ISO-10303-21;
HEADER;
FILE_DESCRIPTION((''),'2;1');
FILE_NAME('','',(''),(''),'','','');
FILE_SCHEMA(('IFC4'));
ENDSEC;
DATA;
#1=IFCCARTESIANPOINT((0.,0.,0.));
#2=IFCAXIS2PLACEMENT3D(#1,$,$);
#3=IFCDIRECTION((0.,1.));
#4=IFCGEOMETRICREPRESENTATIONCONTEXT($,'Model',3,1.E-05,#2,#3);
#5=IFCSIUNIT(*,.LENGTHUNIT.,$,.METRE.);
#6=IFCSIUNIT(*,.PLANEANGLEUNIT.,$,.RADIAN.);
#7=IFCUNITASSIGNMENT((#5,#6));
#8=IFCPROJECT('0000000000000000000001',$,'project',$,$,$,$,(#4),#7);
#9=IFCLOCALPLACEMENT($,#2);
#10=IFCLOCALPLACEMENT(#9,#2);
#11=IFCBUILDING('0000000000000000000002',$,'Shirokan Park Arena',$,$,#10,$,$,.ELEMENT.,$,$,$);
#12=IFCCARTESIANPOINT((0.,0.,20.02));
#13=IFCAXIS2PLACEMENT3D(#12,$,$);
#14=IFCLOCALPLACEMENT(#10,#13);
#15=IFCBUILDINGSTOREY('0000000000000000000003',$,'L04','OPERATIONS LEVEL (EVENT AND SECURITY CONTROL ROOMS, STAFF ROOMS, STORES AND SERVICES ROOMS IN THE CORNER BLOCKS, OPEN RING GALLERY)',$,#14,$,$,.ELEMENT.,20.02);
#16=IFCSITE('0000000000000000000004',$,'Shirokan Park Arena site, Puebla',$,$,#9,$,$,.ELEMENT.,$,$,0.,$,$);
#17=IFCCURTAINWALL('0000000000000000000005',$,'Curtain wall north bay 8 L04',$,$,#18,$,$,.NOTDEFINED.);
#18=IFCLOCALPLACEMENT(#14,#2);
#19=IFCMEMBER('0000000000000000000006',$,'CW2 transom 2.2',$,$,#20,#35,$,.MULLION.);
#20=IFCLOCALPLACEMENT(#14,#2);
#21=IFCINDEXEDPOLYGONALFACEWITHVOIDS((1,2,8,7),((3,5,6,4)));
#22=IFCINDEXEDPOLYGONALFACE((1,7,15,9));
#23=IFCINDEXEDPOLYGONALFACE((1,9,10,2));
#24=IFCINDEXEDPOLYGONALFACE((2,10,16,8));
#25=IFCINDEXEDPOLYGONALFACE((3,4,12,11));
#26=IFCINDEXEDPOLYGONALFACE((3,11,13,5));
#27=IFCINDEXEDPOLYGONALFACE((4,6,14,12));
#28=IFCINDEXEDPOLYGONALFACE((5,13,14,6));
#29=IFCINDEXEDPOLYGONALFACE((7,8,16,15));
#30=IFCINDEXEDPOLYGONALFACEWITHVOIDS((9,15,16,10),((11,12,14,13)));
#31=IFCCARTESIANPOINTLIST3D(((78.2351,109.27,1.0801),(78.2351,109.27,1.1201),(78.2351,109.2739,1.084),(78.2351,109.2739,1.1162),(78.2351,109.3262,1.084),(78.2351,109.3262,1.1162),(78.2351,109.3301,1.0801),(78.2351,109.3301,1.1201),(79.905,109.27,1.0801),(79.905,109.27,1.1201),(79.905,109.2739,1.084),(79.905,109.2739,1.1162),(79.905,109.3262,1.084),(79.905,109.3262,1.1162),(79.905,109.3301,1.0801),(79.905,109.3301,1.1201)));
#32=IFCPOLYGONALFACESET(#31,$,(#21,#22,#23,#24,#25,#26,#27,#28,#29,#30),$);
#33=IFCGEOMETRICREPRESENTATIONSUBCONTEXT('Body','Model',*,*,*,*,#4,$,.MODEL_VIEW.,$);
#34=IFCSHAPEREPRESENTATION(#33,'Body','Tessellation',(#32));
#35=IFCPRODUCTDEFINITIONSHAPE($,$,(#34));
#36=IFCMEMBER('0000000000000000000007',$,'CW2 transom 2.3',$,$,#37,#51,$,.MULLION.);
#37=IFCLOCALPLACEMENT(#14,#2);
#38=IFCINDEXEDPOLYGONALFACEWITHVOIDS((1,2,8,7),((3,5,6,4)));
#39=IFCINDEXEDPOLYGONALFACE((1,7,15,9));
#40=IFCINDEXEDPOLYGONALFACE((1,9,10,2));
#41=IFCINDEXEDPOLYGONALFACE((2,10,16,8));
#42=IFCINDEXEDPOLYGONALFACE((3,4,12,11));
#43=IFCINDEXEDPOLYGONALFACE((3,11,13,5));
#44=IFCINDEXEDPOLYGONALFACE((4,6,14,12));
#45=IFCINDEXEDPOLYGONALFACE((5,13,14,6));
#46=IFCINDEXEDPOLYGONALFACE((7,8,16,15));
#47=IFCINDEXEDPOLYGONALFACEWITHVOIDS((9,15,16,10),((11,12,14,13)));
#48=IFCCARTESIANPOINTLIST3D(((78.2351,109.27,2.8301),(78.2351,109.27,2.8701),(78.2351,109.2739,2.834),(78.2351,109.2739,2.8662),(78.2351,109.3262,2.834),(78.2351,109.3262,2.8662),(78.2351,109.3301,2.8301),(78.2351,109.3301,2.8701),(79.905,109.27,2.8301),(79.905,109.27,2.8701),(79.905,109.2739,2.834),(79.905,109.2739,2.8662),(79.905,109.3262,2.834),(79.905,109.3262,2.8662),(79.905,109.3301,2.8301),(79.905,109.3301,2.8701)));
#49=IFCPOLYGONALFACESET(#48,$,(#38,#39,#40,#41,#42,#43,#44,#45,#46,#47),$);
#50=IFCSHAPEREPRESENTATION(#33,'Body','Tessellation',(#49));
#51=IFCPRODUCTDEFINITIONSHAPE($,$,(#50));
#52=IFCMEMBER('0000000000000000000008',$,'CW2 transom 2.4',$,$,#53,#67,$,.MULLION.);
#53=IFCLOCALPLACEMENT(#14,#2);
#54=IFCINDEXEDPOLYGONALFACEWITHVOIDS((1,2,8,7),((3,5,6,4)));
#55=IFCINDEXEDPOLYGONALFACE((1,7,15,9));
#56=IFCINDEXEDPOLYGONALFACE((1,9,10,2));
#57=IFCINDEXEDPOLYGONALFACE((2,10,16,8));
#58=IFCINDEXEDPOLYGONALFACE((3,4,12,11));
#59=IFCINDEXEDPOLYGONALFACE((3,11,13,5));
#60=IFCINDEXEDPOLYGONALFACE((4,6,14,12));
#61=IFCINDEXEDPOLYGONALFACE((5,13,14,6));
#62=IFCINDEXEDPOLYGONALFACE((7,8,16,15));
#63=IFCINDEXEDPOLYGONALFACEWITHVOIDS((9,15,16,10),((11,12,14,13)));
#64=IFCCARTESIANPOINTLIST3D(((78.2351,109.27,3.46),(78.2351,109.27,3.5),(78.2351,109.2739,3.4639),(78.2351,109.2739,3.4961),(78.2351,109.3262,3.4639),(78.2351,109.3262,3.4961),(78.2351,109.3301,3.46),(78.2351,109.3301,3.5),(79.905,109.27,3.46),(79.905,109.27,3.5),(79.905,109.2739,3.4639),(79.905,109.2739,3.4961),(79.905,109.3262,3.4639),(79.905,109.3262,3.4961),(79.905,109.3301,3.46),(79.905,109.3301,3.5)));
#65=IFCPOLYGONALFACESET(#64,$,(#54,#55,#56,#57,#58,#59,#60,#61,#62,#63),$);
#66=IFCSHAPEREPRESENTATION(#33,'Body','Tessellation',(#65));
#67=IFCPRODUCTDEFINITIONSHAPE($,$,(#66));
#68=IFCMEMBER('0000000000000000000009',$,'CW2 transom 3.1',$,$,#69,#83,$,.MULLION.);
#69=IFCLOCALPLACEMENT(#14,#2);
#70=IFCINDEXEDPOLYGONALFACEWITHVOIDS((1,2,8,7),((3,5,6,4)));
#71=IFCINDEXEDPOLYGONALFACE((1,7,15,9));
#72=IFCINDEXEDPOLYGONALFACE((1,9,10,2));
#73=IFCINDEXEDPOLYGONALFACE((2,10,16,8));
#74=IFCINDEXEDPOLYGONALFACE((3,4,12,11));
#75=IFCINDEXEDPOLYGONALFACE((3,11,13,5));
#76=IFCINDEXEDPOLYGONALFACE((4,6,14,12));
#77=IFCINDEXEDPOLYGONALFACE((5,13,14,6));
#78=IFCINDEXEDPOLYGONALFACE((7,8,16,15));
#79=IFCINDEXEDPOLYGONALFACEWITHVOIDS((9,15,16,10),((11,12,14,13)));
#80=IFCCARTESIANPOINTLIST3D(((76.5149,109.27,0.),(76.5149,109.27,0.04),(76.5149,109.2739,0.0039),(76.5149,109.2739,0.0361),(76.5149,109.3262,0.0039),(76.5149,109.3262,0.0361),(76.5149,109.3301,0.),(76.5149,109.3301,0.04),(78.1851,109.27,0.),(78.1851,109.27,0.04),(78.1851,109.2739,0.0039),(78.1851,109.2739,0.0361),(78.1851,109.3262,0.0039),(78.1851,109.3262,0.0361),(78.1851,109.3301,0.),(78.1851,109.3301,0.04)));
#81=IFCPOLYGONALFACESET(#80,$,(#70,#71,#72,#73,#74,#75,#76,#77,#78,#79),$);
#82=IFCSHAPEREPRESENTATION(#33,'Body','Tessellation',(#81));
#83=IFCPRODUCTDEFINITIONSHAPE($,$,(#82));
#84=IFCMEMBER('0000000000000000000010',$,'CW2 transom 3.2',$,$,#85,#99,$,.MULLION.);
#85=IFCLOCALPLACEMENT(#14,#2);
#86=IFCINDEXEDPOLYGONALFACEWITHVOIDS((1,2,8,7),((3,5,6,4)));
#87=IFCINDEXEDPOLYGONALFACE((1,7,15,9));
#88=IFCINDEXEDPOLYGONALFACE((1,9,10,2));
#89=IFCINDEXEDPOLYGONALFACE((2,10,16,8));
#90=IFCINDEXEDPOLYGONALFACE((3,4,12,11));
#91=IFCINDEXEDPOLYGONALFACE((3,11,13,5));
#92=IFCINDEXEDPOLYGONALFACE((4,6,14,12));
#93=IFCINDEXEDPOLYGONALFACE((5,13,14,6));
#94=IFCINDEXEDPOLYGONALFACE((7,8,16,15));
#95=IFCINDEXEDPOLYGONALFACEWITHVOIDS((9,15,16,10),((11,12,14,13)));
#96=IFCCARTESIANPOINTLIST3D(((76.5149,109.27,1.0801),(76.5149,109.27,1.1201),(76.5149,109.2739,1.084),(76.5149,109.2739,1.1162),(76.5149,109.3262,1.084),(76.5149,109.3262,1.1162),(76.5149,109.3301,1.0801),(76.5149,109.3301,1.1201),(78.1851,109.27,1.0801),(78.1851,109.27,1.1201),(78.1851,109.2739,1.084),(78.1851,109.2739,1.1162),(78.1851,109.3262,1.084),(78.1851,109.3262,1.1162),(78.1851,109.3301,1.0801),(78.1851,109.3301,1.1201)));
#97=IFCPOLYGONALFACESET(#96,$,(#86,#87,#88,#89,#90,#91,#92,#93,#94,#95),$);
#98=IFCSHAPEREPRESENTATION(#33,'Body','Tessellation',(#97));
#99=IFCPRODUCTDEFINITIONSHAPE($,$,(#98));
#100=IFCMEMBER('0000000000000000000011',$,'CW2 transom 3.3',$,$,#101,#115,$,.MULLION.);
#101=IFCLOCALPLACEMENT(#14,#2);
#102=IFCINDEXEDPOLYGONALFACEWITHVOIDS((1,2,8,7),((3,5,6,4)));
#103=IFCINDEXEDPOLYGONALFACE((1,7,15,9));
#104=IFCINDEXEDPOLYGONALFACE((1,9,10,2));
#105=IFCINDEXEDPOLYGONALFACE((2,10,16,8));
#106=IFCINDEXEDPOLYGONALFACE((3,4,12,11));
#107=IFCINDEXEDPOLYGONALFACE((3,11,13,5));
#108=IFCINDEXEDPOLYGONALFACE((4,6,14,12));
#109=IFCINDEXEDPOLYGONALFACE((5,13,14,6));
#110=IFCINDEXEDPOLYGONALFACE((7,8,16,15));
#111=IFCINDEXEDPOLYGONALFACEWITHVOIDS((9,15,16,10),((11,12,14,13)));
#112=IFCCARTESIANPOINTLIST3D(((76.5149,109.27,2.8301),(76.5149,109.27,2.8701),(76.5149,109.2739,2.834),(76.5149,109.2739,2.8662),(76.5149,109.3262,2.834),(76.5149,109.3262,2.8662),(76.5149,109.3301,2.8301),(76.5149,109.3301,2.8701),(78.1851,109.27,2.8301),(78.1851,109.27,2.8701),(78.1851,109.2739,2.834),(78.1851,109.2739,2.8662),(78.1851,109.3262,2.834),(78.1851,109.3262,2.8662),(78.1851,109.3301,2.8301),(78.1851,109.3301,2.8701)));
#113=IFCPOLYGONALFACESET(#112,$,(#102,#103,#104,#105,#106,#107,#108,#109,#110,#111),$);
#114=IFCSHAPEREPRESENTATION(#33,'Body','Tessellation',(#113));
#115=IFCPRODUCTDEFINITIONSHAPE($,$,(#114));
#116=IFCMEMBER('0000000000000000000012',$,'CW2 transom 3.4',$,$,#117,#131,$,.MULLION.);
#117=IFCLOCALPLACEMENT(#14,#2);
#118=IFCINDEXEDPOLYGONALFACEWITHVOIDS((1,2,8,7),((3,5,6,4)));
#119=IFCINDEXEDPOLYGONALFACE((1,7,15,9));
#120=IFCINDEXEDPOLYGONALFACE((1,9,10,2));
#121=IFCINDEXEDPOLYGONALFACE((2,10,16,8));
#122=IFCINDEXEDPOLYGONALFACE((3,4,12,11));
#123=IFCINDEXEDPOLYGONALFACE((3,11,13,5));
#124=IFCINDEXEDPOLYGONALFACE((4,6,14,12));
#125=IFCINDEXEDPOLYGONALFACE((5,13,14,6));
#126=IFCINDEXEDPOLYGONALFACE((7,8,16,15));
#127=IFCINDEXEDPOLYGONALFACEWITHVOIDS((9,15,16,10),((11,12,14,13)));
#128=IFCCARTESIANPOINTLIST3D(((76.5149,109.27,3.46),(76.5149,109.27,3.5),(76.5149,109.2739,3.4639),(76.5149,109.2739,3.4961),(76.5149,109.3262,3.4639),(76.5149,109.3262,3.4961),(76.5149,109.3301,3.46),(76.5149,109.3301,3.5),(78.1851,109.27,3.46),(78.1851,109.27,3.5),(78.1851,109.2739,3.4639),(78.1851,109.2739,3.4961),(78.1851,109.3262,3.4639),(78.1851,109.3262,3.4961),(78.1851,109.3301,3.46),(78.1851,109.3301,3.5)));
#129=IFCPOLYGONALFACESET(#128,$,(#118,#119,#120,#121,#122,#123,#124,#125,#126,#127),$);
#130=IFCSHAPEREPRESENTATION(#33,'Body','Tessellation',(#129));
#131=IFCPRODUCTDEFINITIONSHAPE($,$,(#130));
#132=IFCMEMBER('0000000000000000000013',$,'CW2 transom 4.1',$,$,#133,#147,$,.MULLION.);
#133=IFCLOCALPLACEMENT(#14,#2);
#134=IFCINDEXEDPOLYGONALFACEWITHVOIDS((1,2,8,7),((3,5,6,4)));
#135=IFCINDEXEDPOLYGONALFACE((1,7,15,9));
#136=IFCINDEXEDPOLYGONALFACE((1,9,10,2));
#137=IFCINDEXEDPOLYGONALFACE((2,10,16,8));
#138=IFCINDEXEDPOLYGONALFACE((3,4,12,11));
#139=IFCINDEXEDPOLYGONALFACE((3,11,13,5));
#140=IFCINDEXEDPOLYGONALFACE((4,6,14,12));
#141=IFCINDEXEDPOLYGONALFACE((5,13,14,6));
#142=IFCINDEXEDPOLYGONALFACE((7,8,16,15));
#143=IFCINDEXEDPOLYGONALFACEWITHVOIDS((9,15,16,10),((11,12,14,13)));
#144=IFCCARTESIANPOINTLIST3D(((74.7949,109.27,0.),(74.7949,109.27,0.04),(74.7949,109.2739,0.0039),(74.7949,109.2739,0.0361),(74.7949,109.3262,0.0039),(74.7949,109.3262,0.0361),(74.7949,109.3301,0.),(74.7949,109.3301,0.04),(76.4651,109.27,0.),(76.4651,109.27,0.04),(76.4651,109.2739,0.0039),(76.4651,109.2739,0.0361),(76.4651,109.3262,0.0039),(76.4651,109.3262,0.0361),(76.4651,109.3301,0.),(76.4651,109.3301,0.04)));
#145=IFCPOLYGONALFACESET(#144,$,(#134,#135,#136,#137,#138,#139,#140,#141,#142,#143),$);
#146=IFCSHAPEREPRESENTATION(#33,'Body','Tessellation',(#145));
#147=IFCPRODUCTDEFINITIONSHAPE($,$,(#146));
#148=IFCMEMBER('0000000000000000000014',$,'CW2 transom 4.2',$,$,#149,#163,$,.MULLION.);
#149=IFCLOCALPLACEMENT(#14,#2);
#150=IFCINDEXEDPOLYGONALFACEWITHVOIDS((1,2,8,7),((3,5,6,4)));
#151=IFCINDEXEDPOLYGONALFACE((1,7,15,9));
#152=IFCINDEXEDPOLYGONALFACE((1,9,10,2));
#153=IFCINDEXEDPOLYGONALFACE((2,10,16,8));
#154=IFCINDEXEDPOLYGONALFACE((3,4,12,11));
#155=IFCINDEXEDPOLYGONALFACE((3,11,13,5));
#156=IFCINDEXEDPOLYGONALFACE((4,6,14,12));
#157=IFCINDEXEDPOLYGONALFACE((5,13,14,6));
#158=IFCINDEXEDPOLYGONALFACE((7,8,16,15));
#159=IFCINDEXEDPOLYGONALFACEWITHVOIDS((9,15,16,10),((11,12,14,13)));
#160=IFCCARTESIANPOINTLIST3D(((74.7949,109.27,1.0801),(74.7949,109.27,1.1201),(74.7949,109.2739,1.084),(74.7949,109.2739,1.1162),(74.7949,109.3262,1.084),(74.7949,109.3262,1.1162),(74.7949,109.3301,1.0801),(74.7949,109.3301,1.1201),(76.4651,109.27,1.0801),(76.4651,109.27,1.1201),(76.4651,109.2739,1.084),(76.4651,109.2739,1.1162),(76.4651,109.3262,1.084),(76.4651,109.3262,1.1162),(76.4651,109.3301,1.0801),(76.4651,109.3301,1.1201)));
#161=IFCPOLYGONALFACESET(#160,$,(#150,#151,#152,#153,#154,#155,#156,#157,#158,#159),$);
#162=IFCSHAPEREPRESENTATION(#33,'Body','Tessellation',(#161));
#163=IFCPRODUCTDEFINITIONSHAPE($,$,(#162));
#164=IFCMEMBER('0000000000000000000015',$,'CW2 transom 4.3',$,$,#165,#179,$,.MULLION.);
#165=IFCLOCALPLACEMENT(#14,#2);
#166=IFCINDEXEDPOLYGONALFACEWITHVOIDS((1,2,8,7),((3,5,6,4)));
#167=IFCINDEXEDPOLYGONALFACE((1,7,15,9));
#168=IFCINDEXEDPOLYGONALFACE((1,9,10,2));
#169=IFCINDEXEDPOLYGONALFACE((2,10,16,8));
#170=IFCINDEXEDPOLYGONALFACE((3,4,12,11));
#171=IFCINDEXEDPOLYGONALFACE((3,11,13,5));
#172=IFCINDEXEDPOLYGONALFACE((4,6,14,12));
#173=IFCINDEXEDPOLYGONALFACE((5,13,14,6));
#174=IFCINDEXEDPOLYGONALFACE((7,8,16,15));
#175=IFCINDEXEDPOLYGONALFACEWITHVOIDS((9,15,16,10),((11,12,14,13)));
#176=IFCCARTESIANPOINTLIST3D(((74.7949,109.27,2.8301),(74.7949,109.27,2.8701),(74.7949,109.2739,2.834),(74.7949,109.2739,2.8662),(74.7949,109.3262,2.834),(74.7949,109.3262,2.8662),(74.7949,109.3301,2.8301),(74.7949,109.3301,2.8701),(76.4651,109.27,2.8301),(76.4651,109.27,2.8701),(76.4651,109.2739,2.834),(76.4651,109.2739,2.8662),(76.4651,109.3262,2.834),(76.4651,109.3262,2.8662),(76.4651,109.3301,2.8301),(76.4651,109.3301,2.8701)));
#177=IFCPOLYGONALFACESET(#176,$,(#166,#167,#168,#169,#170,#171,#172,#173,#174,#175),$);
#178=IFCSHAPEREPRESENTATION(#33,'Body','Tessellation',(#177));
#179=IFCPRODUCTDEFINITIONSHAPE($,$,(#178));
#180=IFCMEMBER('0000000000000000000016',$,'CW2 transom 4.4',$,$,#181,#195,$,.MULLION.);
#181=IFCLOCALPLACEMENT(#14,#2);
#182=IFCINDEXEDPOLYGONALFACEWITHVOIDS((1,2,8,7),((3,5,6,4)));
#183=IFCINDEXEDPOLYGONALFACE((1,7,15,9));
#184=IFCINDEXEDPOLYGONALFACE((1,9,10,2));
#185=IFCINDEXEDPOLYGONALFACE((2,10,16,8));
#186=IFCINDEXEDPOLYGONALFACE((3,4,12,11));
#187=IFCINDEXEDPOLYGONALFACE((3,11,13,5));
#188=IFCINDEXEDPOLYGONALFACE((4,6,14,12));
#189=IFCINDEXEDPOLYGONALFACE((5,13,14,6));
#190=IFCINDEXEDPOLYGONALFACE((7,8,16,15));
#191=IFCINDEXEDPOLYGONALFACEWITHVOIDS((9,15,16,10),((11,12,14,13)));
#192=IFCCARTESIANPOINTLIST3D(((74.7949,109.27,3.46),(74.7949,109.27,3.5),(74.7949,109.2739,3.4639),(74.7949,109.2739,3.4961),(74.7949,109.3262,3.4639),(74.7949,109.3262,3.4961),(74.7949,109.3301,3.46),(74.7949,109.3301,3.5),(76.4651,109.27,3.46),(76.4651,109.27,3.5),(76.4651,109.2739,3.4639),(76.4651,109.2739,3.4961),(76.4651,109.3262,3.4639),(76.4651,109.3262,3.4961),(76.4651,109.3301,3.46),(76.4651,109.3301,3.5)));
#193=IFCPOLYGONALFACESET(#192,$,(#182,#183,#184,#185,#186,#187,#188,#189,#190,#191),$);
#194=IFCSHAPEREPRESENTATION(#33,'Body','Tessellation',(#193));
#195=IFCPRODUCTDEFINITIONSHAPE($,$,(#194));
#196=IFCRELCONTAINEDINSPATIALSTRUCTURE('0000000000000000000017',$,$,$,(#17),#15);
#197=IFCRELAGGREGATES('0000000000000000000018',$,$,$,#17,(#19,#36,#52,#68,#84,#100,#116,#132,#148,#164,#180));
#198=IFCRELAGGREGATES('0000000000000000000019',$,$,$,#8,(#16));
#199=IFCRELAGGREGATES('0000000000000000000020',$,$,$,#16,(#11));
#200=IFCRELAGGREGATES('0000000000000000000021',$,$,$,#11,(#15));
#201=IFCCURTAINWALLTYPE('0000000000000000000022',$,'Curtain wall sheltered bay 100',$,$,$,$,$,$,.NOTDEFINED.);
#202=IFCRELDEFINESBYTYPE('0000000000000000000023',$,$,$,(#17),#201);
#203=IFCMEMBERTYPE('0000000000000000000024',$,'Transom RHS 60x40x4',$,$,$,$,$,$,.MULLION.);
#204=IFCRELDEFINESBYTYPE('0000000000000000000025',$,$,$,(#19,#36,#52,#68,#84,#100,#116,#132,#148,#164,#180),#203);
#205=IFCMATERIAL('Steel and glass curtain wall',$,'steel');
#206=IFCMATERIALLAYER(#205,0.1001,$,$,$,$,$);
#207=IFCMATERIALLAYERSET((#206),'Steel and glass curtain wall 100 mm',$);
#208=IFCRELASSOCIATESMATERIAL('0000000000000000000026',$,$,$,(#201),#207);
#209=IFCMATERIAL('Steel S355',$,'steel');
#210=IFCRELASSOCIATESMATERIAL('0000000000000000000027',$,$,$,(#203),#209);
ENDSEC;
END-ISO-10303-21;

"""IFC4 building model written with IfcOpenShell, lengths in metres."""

from ifc_helpers import new_model, si_unit, direction, frame, origin, origin_2d, place, context, subcontext, project, spatial, hollow_rectangle, extrude, material, layer, layer_set, material_profile, profile_set, type_object, element, aggregate, save


model = new_model("IFC4")

# Units and contexts
model_context = context("Model", 3, precision=1e-05, world=origin(), true_north=direction((0.0, 1.0)))
body_context = subcontext(model_context, "Body", "Model", "MODEL_VIEW")
ifc_project = project(units=[si_unit("LENGTHUNIT", "METRE"), si_unit("PLANEANGLEUNIT", "RADIAN")], contexts=[model_context])

# Site, building, storey
site_placement = place(None, origin())
site = spatial("IfcSite", under=ifc_project, at=site_placement, Name="Shirokan Park Arena site, Puebla", CompositionType="ELEMENT", RefElevation=0.0)
building_placement = place(site_placement, origin())
building = spatial("IfcBuilding", under=site, at=building_placement, Name="Shirokan Park Arena", CompositionType="ELEMENT")
storey_placement = place(building_placement, frame((0.0, 0.0, 20.02)))
storey = spatial("IfcBuildingStorey", under=building, at=storey_placement, Name="L04", Description="OPERATIONS LEVEL (EVENT AND SECURITY CONTROL ROOMS, STAFF ROOMS, STORES AND SERVICES ROOMS IN THE CORNER BLOCKS, OPEN RING GALLERY)", CompositionType="ELEMENT", Elevation=20.02)

# Curtain wall
ifc_material_1 = material(Name="Steel and glass curtain wall", Category="steel")
ifc_layer_1 = layer(ifc_material_1, 0.1001)
ifc_layer_set_1 = layer_set([ifc_layer_1], Name="Steel and glass curtain wall 100 mm")
curtain_wall_type = type_object("IfcCurtainWallType", Name="Curtain wall sheltered bay 100", PredefinedType="NOTDEFINED", material=ifc_layer_set_1)
curtain_wall_placement = place(storey_placement, origin())
curtain_wall = element("IfcCurtainWall", 1, at=curtain_wall_placement, inside=storey, type_object=curtain_wall_type, Name="Curtain wall north bay 8 L04", PredefinedType="NOTDEFINED")
ifc_material_2 = material(Name="Steel S355", Category="steel")

# Members
ifc_material_profile_1 = material_profile(ifc_material_2, hollow_rectangle(XDim=0.0601, YDim=0.04, WallThickness=0.0039, at=origin_2d()), Name="RHS 60x40x4")
ifc_profile_set_1 = profile_set([ifc_material_profile_1], Name="Steel S355")
member_type_1 = type_object("IfcMemberType", Name="Transom RHS 60x40x4", PredefinedType="MULLION", material=ifc_profile_set_1)
member_1_placement = place(storey_placement, frame((79.905, 109.3, 1.1001), z_axis=(-1.0, 0.0, 0.0), x_axis=(0.0, -1.0, 0.0)))
member_1 = element("IfcMember", 2, at=member_1_placement, type_object=member_type_1, Name="CW2 transom 2.2", PredefinedType="MULLION", context=body_context, shape_type="SweptSolid", body=[
    extrude(hollow_rectangle(XDim=0.0601, YDim=0.04, WallThickness=0.0039, at=origin_2d()), origin(), (0.0, 0.0, 1.0), 1.6699),
])
member_2_placement = place(storey_placement, frame((79.905, 109.3, 2.8501), z_axis=(-1.0, 0.0, 0.0), x_axis=(0.0, -1.0, 0.0)))
member_2 = element("IfcMember", 3, at=member_2_placement, type_object=member_type_1, Name="CW2 transom 2.3", PredefinedType="MULLION", context=body_context, shape_type="SweptSolid", body=[
    extrude(hollow_rectangle(XDim=0.0601, YDim=0.04, WallThickness=0.0039, at=origin_2d()), origin(), (0.0, 0.0, 1.0), 1.6699),
])
member_3_placement = place(storey_placement, frame((79.905, 109.3, 3.48), z_axis=(-1.0, 0.0, 0.0), x_axis=(0.0, -1.0, 0.0)))
member_3 = element("IfcMember", 4, at=member_3_placement, type_object=member_type_1, Name="CW2 transom 2.4", PredefinedType="MULLION", context=body_context, shape_type="SweptSolid", body=[
    extrude(hollow_rectangle(XDim=0.0601, YDim=0.04, WallThickness=0.0039, at=origin_2d()), origin(), (0.0, 0.0, 1.0), 1.6699),
])
member_4_placement = place(storey_placement, frame((78.1851, 109.3, 0.02), z_axis=(-1.0, 0.0, 0.0), x_axis=(0.0, -1.0, 0.0)))
member_4 = element("IfcMember", 5, at=member_4_placement, type_object=member_type_1, Name="CW2 transom 3.1", PredefinedType="MULLION", context=body_context, shape_type="SweptSolid", body=[
    extrude(hollow_rectangle(XDim=0.0601, YDim=0.04, WallThickness=0.0039, at=origin_2d()), origin(), (0.0, 0.0, 1.0), 1.6702),
])
member_5_placement = place(storey_placement, frame((78.1851, 109.3, 1.1001), z_axis=(-1.0, 0.0, 0.0), x_axis=(0.0, -1.0, 0.0)))
member_5 = element("IfcMember", 6, at=member_5_placement, type_object=member_type_1, Name="CW2 transom 3.2", PredefinedType="MULLION", context=body_context, shape_type="SweptSolid", body=[
    extrude(hollow_rectangle(XDim=0.0601, YDim=0.04, WallThickness=0.0039, at=origin_2d()), origin(), (0.0, 0.0, 1.0), 1.6702),
])
member_6_placement = place(storey_placement, frame((78.1851, 109.3, 2.8501), z_axis=(-1.0, 0.0, 0.0), x_axis=(0.0, -1.0, 0.0)))
member_6 = element("IfcMember", 7, at=member_6_placement, type_object=member_type_1, Name="CW2 transom 3.3", PredefinedType="MULLION", context=body_context, shape_type="SweptSolid", body=[
    extrude(hollow_rectangle(XDim=0.0601, YDim=0.04, WallThickness=0.0039, at=origin_2d()), origin(), (0.0, 0.0, 1.0), 1.6702),
])
member_7_placement = place(storey_placement, frame((78.1851, 109.3, 3.48), z_axis=(-1.0, 0.0, 0.0), x_axis=(0.0, -1.0, 0.0)))
member_7 = element("IfcMember", 8, at=member_7_placement, type_object=member_type_1, Name="CW2 transom 3.4", PredefinedType="MULLION", context=body_context, shape_type="SweptSolid", body=[
    extrude(hollow_rectangle(XDim=0.0601, YDim=0.04, WallThickness=0.0039, at=origin_2d()), origin(), (0.0, 0.0, 1.0), 1.6702),
])
member_8_placement = place(storey_placement, frame((76.4651, 109.3, 0.02), z_axis=(-1.0, 0.0, 0.0), x_axis=(0.0, -1.0, 0.0)))
member_8 = element("IfcMember", 9, at=member_8_placement, type_object=member_type_1, Name="CW2 transom 4.1", PredefinedType="MULLION", context=body_context, shape_type="SweptSolid", body=[
    extrude(hollow_rectangle(XDim=0.0601, YDim=0.04, WallThickness=0.0039, at=origin_2d()), origin(), (0.0, 0.0, 1.0), 1.6702),
])
member_9_placement = place(storey_placement, frame((76.4651, 109.3, 1.1001), z_axis=(-1.0, 0.0, 0.0), x_axis=(0.0, -1.0, 0.0)))
member_9 = element("IfcMember", 10, at=member_9_placement, type_object=member_type_1, Name="CW2 transom 4.2", PredefinedType="MULLION", context=body_context, shape_type="SweptSolid", body=[
    extrude(hollow_rectangle(XDim=0.0601, YDim=0.04, WallThickness=0.0039, at=origin_2d()), origin(), (0.0, 0.0, 1.0), 1.6702),
])
member_10_placement = place(storey_placement, frame((76.4651, 109.3, 2.8501), z_axis=(-1.0, 0.0, 0.0), x_axis=(0.0, -1.0, 0.0)))
member_10 = element("IfcMember", 11, at=member_10_placement, type_object=member_type_1, Name="CW2 transom 4.3", PredefinedType="MULLION", context=body_context, shape_type="SweptSolid", body=[
    extrude(hollow_rectangle(XDim=0.0601, YDim=0.04, WallThickness=0.0039, at=origin_2d()), origin(), (0.0, 0.0, 1.0), 1.6702),
])
member_11_placement = place(storey_placement, frame((76.4651, 109.3, 3.48), z_axis=(-1.0, 0.0, 0.0), x_axis=(0.0, -1.0, 0.0)))
member_11 = element("IfcMember", 12, at=member_11_placement, type_object=member_type_1, Name="CW2 transom 4.4", PredefinedType="MULLION", context=body_context, shape_type="SweptSolid", body=[
    extrude(hollow_rectangle(XDim=0.0601, YDim=0.04, WallThickness=0.0039, at=origin_2d()), origin(), (0.0, 0.0, 1.0), 1.6702),
])

aggregate(curtain_wall, [member_1, member_2, member_3, member_4, member_5, member_6, member_7, member_8, member_9, member_10, member_11])

save(model, "model.ifc")
